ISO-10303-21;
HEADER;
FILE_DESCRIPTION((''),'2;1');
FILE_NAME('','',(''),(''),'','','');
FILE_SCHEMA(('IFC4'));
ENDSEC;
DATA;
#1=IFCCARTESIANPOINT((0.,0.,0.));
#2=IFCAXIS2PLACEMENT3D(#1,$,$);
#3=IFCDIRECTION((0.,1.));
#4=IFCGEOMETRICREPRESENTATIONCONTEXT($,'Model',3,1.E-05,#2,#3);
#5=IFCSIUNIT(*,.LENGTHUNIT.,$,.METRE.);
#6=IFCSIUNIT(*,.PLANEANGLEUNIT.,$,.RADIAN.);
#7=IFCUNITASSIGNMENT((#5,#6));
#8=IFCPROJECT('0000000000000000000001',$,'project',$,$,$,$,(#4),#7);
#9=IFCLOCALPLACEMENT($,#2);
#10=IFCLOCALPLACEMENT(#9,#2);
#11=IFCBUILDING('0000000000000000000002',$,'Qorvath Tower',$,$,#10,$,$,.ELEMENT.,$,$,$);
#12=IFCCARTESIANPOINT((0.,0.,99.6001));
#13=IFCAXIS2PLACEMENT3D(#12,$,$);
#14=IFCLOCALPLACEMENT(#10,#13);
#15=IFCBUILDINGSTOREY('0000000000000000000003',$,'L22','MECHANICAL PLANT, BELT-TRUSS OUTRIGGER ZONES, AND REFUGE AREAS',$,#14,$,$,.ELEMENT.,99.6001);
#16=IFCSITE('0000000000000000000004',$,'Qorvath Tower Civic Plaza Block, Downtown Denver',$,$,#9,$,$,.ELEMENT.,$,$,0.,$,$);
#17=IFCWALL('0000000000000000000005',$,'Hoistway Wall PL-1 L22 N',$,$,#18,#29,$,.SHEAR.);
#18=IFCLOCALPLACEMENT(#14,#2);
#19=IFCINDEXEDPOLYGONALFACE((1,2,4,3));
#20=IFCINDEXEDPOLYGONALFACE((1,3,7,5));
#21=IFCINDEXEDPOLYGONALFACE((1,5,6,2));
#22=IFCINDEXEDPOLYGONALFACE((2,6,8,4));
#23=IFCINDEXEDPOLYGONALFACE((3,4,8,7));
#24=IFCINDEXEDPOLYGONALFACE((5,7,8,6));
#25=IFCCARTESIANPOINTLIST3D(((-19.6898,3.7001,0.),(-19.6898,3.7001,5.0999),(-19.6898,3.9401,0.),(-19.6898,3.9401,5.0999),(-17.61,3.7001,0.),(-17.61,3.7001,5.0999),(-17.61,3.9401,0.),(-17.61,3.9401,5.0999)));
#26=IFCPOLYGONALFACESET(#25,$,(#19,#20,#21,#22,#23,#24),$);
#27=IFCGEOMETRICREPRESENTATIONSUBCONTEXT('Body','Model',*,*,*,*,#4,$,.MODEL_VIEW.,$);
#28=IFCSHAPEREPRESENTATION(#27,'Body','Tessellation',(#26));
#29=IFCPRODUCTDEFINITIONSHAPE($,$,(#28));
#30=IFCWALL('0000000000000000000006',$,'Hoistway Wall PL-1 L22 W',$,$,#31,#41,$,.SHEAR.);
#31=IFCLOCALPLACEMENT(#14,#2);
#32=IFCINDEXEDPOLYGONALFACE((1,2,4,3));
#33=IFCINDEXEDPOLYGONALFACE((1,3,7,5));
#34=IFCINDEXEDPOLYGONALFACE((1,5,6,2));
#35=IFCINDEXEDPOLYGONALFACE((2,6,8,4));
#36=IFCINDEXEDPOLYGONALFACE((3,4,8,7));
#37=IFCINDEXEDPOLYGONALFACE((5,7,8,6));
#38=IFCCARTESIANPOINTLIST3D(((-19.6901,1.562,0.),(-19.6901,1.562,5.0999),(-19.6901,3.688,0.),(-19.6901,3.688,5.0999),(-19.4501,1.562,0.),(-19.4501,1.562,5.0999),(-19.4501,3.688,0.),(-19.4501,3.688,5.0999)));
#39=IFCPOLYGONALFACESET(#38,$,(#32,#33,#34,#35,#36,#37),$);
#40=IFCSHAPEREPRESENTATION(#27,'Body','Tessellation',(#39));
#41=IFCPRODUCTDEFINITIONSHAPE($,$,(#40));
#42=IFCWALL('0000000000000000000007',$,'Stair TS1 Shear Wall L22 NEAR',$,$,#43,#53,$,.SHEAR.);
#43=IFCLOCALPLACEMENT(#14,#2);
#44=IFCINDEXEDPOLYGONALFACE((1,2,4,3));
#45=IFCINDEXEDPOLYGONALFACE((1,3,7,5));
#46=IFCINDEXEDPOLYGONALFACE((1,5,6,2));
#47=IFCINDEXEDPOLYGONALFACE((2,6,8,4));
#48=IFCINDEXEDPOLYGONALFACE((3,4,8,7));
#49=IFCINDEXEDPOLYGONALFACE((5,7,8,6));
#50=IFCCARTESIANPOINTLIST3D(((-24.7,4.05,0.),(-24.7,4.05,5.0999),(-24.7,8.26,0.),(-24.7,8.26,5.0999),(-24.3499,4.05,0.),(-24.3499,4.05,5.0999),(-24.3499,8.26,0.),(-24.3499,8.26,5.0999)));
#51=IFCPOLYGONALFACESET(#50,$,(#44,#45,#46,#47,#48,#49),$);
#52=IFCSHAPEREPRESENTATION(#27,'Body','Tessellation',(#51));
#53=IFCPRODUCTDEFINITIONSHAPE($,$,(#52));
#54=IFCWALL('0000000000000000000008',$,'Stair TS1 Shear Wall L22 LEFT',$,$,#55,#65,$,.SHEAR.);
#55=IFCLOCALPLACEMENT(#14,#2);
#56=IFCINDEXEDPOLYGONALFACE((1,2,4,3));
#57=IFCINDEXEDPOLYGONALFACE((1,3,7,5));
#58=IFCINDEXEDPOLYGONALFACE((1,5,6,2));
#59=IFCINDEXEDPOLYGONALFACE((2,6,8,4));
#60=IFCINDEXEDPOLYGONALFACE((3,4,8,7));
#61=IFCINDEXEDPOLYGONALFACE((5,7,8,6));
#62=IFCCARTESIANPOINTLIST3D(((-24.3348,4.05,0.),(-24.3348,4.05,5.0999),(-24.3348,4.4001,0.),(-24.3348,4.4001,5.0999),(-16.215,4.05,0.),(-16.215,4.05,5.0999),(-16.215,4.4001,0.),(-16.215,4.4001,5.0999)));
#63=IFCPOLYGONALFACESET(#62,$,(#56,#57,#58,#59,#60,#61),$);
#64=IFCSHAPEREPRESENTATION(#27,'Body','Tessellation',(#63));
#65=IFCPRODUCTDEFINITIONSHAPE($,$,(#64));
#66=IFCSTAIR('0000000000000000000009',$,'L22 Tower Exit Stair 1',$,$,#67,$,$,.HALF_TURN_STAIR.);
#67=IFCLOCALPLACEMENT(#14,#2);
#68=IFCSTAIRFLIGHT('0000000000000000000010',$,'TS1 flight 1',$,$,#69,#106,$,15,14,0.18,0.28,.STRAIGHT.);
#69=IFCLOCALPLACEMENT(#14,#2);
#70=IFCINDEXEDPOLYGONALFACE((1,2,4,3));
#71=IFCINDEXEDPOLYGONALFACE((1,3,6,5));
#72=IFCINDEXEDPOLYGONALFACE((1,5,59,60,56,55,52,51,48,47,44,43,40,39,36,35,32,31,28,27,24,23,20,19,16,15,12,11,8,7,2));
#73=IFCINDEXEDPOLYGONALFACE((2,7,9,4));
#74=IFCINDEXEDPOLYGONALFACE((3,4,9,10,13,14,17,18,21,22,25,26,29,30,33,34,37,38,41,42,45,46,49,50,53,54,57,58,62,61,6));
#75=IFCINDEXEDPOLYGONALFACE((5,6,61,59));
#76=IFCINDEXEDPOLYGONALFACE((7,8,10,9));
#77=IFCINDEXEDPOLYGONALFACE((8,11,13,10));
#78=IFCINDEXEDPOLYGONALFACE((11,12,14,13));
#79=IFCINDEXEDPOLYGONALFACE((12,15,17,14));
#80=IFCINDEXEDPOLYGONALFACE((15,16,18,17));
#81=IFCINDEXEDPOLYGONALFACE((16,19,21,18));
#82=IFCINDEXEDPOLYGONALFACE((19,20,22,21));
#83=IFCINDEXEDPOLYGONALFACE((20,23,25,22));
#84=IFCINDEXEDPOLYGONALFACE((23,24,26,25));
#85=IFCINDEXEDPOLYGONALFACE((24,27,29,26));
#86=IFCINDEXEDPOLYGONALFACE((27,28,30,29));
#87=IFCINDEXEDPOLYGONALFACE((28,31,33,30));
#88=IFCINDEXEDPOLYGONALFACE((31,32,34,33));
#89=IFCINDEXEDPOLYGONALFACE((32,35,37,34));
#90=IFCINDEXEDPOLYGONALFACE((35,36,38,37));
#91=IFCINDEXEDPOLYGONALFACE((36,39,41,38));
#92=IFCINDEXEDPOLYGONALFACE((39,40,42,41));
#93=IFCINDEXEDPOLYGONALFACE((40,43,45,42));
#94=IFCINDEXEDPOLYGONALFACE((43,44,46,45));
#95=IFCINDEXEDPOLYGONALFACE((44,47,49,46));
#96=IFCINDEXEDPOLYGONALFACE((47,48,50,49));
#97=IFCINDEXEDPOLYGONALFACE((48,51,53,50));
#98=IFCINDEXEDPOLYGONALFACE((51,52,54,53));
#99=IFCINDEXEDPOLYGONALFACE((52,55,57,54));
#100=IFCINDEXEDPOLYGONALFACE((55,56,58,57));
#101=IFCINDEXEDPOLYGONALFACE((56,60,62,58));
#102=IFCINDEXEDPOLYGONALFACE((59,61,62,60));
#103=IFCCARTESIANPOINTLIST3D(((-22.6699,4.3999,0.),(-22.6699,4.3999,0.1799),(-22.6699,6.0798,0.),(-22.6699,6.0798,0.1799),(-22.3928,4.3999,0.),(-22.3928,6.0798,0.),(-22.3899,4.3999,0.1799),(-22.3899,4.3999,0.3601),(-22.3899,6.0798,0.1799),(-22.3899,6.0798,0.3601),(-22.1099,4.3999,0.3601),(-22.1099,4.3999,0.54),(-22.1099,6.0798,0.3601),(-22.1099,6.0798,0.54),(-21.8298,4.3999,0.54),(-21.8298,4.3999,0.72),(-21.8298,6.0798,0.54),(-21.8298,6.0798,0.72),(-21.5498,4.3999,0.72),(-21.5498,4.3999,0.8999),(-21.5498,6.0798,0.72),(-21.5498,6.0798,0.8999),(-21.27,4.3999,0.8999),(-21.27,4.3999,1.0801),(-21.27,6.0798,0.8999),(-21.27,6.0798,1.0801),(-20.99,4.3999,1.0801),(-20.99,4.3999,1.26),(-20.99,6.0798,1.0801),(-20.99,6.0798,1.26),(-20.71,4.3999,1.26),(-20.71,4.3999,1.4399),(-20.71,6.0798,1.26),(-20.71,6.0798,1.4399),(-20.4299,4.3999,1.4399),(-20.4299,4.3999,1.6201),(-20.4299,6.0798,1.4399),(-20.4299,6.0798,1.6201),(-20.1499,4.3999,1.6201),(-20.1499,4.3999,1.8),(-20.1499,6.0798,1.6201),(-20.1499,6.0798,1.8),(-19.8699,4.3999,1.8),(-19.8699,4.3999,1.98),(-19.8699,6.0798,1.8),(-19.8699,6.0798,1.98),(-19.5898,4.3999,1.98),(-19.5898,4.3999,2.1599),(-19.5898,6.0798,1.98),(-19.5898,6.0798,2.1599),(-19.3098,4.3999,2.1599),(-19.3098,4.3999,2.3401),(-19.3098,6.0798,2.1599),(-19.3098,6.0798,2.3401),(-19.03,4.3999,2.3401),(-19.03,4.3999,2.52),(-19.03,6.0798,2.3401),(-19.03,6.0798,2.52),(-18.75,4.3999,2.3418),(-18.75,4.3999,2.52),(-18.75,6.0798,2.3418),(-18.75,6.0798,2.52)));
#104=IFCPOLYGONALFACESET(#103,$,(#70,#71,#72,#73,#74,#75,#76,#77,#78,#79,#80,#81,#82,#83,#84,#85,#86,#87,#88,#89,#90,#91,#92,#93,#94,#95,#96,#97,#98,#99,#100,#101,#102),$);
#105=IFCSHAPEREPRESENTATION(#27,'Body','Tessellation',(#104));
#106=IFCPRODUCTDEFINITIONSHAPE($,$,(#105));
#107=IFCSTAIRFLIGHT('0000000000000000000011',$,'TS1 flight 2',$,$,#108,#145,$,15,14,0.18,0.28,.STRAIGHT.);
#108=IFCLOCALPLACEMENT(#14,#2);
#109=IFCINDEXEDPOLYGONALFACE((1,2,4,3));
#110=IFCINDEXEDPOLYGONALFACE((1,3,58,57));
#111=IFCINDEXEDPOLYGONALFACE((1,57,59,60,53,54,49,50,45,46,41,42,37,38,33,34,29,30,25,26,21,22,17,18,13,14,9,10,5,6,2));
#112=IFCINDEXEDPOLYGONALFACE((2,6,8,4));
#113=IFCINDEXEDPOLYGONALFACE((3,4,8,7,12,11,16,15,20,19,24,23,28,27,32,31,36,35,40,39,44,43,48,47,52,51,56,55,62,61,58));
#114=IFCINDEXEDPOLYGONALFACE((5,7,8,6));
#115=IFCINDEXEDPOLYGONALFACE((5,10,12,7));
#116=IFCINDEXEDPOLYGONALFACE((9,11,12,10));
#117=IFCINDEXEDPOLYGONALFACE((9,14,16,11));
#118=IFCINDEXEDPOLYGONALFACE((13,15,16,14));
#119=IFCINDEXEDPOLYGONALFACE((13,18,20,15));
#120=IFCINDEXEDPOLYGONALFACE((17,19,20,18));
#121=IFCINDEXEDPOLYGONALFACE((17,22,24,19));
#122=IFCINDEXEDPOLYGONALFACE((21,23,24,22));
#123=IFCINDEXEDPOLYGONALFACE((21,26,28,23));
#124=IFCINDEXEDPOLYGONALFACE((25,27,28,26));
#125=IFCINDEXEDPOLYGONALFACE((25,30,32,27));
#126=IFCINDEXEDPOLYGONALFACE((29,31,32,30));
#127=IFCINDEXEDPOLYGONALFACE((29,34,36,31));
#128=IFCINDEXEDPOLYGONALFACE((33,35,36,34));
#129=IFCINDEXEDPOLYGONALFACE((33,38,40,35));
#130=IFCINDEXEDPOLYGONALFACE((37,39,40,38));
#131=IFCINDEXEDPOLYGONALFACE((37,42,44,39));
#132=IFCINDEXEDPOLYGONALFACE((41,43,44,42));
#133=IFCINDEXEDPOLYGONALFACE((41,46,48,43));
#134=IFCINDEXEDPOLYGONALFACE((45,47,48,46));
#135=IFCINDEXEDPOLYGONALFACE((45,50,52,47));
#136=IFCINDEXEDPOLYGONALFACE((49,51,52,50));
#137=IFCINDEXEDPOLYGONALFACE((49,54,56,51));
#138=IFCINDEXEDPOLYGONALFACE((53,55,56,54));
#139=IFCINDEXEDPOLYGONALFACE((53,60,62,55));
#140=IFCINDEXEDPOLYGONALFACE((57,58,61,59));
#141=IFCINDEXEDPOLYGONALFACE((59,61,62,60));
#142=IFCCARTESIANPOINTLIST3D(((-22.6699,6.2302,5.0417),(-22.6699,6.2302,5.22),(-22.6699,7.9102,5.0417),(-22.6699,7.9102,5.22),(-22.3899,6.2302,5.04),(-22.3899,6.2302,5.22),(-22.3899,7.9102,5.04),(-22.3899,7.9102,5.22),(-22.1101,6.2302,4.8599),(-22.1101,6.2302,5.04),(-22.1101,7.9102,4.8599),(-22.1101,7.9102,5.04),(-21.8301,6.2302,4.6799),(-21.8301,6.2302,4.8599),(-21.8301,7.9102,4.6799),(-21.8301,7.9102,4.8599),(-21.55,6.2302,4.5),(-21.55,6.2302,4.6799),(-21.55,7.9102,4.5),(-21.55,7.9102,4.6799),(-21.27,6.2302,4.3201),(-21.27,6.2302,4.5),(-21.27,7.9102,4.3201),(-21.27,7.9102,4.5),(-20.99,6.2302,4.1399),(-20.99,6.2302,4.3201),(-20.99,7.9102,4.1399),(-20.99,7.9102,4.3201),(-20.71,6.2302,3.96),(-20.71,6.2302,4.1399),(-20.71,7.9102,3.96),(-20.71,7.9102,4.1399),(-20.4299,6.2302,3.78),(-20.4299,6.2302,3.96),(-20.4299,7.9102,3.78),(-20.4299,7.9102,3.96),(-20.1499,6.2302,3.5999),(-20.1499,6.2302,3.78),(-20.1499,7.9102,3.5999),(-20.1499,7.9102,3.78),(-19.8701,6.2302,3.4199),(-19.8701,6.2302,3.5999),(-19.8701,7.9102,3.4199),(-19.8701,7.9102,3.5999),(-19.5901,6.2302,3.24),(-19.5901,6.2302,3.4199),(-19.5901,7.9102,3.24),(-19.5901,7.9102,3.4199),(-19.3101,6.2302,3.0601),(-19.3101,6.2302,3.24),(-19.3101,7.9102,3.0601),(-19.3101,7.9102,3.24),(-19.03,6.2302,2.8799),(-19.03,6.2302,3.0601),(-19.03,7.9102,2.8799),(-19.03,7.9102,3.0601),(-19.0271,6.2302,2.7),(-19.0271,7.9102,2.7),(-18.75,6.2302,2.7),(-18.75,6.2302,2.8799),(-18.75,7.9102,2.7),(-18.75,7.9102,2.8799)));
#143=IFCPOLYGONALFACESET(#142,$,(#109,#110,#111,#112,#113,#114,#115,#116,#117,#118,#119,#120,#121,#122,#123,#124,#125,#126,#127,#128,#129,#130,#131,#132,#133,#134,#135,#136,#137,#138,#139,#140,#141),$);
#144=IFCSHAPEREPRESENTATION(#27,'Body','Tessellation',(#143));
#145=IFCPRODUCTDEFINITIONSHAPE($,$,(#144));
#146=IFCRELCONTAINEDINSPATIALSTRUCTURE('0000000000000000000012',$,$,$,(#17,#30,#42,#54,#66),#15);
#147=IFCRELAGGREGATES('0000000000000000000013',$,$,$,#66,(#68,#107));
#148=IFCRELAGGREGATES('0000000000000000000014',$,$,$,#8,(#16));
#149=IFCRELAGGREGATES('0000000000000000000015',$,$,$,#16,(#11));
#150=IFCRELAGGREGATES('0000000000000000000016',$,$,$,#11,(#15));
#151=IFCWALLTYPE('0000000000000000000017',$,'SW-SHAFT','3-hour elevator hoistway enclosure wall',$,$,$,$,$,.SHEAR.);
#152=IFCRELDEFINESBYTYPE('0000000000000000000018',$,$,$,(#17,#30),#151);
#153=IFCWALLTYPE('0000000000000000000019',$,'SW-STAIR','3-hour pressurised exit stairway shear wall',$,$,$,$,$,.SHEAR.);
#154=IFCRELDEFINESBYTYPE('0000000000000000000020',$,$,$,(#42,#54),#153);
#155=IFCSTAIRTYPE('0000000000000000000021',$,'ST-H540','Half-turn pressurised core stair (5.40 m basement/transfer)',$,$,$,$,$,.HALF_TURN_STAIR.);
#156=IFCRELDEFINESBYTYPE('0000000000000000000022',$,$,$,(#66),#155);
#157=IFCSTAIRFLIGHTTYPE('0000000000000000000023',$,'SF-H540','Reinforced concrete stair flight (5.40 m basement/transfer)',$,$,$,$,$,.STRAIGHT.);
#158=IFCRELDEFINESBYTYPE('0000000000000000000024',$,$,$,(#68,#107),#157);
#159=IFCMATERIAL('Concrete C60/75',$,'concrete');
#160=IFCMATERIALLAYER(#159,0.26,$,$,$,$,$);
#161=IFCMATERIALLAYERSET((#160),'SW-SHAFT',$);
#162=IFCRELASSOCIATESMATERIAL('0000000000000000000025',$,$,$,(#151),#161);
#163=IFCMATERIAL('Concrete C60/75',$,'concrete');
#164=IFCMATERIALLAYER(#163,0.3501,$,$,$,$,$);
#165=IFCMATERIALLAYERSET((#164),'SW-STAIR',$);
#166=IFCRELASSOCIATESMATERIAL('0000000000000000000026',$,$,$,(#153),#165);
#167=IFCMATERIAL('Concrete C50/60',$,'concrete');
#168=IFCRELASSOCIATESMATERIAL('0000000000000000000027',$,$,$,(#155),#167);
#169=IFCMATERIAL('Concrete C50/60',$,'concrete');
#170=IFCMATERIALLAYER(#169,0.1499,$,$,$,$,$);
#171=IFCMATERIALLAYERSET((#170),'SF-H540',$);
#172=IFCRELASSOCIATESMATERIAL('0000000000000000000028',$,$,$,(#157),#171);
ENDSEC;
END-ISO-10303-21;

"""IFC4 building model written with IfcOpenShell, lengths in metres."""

from ifc_helpers import new_model, si_unit, direction, frame, frame_2d, origin, place, context, subcontext, project, spatial, polyline, rectangle, outline, extrude, material, layer, layer_set, type_object, element, aggregate, save


model = new_model("IFC4")

# Units and contexts
model_context = context("Model", 3, precision=1e-05, world=origin(), true_north=direction((0.0, 1.0)))
body_context = subcontext(model_context, "Body", "Model", "MODEL_VIEW")
ifc_project = project(units=[si_unit("LENGTHUNIT", "METRE"), si_unit("PLANEANGLEUNIT", "RADIAN")], contexts=[model_context])

# Site, building, storey
site_placement = place(None, origin())
site = spatial("IfcSite", under=ifc_project, at=site_placement, Name="Qorvath Tower Civic Plaza Block, Downtown Denver", CompositionType="ELEMENT", RefElevation=0.0)
building_placement = place(site_placement, origin())
building = spatial("IfcBuilding", under=site, at=building_placement, Name="Qorvath Tower", CompositionType="ELEMENT")
storey_placement = place(building_placement, frame((0.0, 0.0, 99.6001)))
storey = spatial("IfcBuildingStorey", under=building, at=storey_placement, Name="L22", Description="MECHANICAL PLANT, BELT-TRUSS OUTRIGGER ZONES, AND REFUGE AREAS", CompositionType="ELEMENT", Elevation=99.6001)

# Walls
ifc_material_1 = material(Name="Concrete C60/75", Category="concrete")
ifc_layer_1 = layer(ifc_material_1, 0.26)
ifc_layer_set_1 = layer_set([ifc_layer_1], Name="SW-SHAFT")
wall_type_1 = type_object("IfcWallType", Name="SW-SHAFT", Description="3-hour elevator hoistway enclosure wall", PredefinedType="SHEAR", material=ifc_layer_set_1)
for number, where, z_axis, x_axis, name in (
    (1, (-19.6899, 3.8201, 0.0), (0.0, 0.0, 1.0), (1.0, 0.0, 0.0), "Hoistway Wall PL-1 L22 N"),
):
    element("IfcWall", number, at=place(storey_placement, frame(where, z_axis=z_axis, x_axis=x_axis)), inside=storey, type_object=wall_type_1, Name=name, PredefinedType="SHEAR", context=body_context, shape_type="SweptSolid", body=[
        extrude(rectangle(XDim=2.0798, YDim=0.24, at=frame_2d((1.04, 0.0))), origin(), (0.0, 0.0, 1.0), 5.0999),
    ])
wall_1_placement = place(storey_placement, frame((-19.5701, 1.562, 0.0), z_axis=(0.0, 0.0, 1.0), x_axis=(0.0, 1.0, 0.0)))
element("IfcWall", 2, at=wall_1_placement, inside=storey, type_object=wall_type_1, Name="Hoistway Wall PL-1 L22 W", PredefinedType="SHEAR", context=body_context, shape_type="SweptSolid", body=[
    extrude(rectangle(XDim=2.126, YDim=0.24, at=frame_2d((1.063, 0.0))), origin(), (0.0, 0.0, 1.0), 5.0999),
])
ifc_material_2 = material(Name="Concrete C60/75", Category="concrete")
ifc_layer_2 = layer(ifc_material_2, 0.3501)
ifc_layer_set_2 = layer_set([ifc_layer_2], Name="SW-STAIR")
wall_type_2 = type_object("IfcWallType", Name="SW-STAIR", Description="3-hour pressurised exit stairway shear wall", PredefinedType="SHEAR", material=ifc_layer_set_2)
wall_2_placement = place(storey_placement, frame((-24.5249, 8.26, 0.0), z_axis=(0.0, 0.0, 1.0), x_axis=(0.0, -1.0, 0.0)))
element("IfcWall", 3, at=wall_2_placement, inside=storey, type_object=wall_type_2, Name="Stair TS1 Shear Wall L22 NEAR", PredefinedType="SHEAR", context=body_context, shape_type="SweptSolid", body=[
    extrude(rectangle(XDim=4.21, YDim=0.3501, at=frame_2d((2.105, 0.0))), origin(), (0.0, 0.0, 1.0), 5.0999),
])
wall_3_placement = place(storey_placement, frame((-24.335, 4.2251, 0.0), z_axis=(0.0, 0.0, 1.0), x_axis=(1.0, 0.0, 0.0)))
element("IfcWall", 4, at=wall_3_placement, inside=storey, type_object=wall_type_2, Name="Stair TS1 Shear Wall L22 LEFT", PredefinedType="SHEAR", context=body_context, shape_type="SweptSolid", body=[
    extrude(rectangle(XDim=8.1199, YDim=0.3501, at=frame_2d((4.0601, 0.0))), origin(), (0.0, 0.0, 1.0), 5.0999),
])

# Stair, stair flights
ifc_material_3 = material(Name="Concrete C50/60", Category="concrete")
stair_type = type_object("IfcStairType", Name="ST-H540", Description="Half-turn pressurised core stair (5.40 m basement/transfer)", PredefinedType="HALF_TURN_STAIR", material=ifc_material_3)
stair_placement = place(storey_placement, origin())
stair = element("IfcStair", 5, at=stair_placement, inside=storey, type_object=stair_type, Name="L22 Tower Exit Stair 1", PredefinedType="HALF_TURN_STAIR")
ifc_material_4 = material(Name="Concrete C50/60", Category="concrete")
ifc_layer_3 = layer(ifc_material_4, 0.1499)
ifc_layer_set_3 = layer_set([ifc_layer_3], Name="SF-H540")
stair_flight_type = type_object("IfcStairFlightType", Name="SF-H540", Description="Reinforced concrete stair flight (5.40 m basement/transfer)", PredefinedType="STRAIGHT", material=ifc_layer_set_3)
stair_flight_1_placement = place(storey_placement, frame((-22.6699, 5.24, 0.0), z_axis=(0.0, 0.0, 1.0), x_axis=(1.0, 0.0, 0.0)))
stair_flight_1 = element("IfcStairFlight", 6, at=stair_flight_1_placement, type_object=stair_flight_type, Name="TS1 flight 1", NumberOfRisers=15, NumberOfTreads=14, PredefinedType="STRAIGHT", RiserHeight=0.18, TreadLength=0.28, context=body_context, shape_type="SweptSolid", body=[
    extrude(outline(polyline([(0.0, 0.0), (0.0, 0.1799), (0.28, 0.1799), (0.28, 0.3601), (0.5601, 0.3601), (0.5601, 0.54), (0.8401, 0.54), (0.8401, 0.72), (1.1201, 0.72), (1.1201, 0.8999), (1.3999, 0.8999), (1.3999, 1.0801), (1.6799, 1.0801), (1.6799, 1.26), (1.96, 1.26), (1.96, 1.4399), (2.24, 1.4399), (2.24, 1.6201), (2.52, 1.6201), (2.52, 1.8), (2.8, 1.8), (2.8, 1.98), (3.0801, 1.98), (3.0801, 2.1599), (3.3601, 2.1599), (3.3601, 2.3401), (3.6399, 2.3401), (3.6399, 2.52), (3.9199, 2.52), (3.9199, 2.7), (3.9199, 2.3418), (0.2771, 0.0), (0.0, 0.0)])), frame((0.0, 0.8398, 0.0), z_axis=(0.0, -1.0, 0.0), x_axis=(1.0, 0.0, 0.0)), (0.0, 0.0, 1.0), 1.6799),
])
stair_flight_2_placement = place(storey_placement, frame((-18.75, 7.0701, 2.7), z_axis=(0.0, 0.0, 1.0), x_axis=(-1.0, 0.0, 0.0)))
stair_flight_2 = element("IfcStairFlight", 7, at=stair_flight_2_placement, type_object=stair_flight_type, Name="TS1 flight 2", NumberOfRisers=15, NumberOfTreads=14, PredefinedType="STRAIGHT", RiserHeight=0.18, TreadLength=0.28, context=body_context, shape_type="SweptSolid", body=[
    extrude(outline(polyline([(0.0, 0.0), (0.0, 0.1799), (0.28, 0.1799), (0.28, 0.3601), (0.5601, 0.3601), (0.5601, 0.54), (0.8401, 0.54), (0.8401, 0.72), (1.1201, 0.72), (1.1201, 0.8999), (1.3999, 0.8999), (1.3999, 1.0801), (1.6799, 1.0801), (1.6799, 1.26), (1.96, 1.26), (1.96, 1.4399), (2.24, 1.4399), (2.24, 1.6201), (2.52, 1.6201), (2.52, 1.8), (2.8, 1.8), (2.8, 1.98), (3.0801, 1.98), (3.0801, 2.1599), (3.3601, 2.1599), (3.3601, 2.3401), (3.6399, 2.3401), (3.6399, 2.52), (3.9199, 2.52), (3.9199, 2.7), (3.9199, 2.3418), (0.2771, 0.0), (0.0, 0.0)])), frame((0.0, 0.8398, 0.0), z_axis=(0.0, -1.0, 0.0), x_axis=(1.0, 0.0, 0.0)), (0.0, 0.0, 1.0), 1.6799),
])
aggregate(stair, [stair_flight_1, stair_flight_2])

save(model, "model.ifc")
